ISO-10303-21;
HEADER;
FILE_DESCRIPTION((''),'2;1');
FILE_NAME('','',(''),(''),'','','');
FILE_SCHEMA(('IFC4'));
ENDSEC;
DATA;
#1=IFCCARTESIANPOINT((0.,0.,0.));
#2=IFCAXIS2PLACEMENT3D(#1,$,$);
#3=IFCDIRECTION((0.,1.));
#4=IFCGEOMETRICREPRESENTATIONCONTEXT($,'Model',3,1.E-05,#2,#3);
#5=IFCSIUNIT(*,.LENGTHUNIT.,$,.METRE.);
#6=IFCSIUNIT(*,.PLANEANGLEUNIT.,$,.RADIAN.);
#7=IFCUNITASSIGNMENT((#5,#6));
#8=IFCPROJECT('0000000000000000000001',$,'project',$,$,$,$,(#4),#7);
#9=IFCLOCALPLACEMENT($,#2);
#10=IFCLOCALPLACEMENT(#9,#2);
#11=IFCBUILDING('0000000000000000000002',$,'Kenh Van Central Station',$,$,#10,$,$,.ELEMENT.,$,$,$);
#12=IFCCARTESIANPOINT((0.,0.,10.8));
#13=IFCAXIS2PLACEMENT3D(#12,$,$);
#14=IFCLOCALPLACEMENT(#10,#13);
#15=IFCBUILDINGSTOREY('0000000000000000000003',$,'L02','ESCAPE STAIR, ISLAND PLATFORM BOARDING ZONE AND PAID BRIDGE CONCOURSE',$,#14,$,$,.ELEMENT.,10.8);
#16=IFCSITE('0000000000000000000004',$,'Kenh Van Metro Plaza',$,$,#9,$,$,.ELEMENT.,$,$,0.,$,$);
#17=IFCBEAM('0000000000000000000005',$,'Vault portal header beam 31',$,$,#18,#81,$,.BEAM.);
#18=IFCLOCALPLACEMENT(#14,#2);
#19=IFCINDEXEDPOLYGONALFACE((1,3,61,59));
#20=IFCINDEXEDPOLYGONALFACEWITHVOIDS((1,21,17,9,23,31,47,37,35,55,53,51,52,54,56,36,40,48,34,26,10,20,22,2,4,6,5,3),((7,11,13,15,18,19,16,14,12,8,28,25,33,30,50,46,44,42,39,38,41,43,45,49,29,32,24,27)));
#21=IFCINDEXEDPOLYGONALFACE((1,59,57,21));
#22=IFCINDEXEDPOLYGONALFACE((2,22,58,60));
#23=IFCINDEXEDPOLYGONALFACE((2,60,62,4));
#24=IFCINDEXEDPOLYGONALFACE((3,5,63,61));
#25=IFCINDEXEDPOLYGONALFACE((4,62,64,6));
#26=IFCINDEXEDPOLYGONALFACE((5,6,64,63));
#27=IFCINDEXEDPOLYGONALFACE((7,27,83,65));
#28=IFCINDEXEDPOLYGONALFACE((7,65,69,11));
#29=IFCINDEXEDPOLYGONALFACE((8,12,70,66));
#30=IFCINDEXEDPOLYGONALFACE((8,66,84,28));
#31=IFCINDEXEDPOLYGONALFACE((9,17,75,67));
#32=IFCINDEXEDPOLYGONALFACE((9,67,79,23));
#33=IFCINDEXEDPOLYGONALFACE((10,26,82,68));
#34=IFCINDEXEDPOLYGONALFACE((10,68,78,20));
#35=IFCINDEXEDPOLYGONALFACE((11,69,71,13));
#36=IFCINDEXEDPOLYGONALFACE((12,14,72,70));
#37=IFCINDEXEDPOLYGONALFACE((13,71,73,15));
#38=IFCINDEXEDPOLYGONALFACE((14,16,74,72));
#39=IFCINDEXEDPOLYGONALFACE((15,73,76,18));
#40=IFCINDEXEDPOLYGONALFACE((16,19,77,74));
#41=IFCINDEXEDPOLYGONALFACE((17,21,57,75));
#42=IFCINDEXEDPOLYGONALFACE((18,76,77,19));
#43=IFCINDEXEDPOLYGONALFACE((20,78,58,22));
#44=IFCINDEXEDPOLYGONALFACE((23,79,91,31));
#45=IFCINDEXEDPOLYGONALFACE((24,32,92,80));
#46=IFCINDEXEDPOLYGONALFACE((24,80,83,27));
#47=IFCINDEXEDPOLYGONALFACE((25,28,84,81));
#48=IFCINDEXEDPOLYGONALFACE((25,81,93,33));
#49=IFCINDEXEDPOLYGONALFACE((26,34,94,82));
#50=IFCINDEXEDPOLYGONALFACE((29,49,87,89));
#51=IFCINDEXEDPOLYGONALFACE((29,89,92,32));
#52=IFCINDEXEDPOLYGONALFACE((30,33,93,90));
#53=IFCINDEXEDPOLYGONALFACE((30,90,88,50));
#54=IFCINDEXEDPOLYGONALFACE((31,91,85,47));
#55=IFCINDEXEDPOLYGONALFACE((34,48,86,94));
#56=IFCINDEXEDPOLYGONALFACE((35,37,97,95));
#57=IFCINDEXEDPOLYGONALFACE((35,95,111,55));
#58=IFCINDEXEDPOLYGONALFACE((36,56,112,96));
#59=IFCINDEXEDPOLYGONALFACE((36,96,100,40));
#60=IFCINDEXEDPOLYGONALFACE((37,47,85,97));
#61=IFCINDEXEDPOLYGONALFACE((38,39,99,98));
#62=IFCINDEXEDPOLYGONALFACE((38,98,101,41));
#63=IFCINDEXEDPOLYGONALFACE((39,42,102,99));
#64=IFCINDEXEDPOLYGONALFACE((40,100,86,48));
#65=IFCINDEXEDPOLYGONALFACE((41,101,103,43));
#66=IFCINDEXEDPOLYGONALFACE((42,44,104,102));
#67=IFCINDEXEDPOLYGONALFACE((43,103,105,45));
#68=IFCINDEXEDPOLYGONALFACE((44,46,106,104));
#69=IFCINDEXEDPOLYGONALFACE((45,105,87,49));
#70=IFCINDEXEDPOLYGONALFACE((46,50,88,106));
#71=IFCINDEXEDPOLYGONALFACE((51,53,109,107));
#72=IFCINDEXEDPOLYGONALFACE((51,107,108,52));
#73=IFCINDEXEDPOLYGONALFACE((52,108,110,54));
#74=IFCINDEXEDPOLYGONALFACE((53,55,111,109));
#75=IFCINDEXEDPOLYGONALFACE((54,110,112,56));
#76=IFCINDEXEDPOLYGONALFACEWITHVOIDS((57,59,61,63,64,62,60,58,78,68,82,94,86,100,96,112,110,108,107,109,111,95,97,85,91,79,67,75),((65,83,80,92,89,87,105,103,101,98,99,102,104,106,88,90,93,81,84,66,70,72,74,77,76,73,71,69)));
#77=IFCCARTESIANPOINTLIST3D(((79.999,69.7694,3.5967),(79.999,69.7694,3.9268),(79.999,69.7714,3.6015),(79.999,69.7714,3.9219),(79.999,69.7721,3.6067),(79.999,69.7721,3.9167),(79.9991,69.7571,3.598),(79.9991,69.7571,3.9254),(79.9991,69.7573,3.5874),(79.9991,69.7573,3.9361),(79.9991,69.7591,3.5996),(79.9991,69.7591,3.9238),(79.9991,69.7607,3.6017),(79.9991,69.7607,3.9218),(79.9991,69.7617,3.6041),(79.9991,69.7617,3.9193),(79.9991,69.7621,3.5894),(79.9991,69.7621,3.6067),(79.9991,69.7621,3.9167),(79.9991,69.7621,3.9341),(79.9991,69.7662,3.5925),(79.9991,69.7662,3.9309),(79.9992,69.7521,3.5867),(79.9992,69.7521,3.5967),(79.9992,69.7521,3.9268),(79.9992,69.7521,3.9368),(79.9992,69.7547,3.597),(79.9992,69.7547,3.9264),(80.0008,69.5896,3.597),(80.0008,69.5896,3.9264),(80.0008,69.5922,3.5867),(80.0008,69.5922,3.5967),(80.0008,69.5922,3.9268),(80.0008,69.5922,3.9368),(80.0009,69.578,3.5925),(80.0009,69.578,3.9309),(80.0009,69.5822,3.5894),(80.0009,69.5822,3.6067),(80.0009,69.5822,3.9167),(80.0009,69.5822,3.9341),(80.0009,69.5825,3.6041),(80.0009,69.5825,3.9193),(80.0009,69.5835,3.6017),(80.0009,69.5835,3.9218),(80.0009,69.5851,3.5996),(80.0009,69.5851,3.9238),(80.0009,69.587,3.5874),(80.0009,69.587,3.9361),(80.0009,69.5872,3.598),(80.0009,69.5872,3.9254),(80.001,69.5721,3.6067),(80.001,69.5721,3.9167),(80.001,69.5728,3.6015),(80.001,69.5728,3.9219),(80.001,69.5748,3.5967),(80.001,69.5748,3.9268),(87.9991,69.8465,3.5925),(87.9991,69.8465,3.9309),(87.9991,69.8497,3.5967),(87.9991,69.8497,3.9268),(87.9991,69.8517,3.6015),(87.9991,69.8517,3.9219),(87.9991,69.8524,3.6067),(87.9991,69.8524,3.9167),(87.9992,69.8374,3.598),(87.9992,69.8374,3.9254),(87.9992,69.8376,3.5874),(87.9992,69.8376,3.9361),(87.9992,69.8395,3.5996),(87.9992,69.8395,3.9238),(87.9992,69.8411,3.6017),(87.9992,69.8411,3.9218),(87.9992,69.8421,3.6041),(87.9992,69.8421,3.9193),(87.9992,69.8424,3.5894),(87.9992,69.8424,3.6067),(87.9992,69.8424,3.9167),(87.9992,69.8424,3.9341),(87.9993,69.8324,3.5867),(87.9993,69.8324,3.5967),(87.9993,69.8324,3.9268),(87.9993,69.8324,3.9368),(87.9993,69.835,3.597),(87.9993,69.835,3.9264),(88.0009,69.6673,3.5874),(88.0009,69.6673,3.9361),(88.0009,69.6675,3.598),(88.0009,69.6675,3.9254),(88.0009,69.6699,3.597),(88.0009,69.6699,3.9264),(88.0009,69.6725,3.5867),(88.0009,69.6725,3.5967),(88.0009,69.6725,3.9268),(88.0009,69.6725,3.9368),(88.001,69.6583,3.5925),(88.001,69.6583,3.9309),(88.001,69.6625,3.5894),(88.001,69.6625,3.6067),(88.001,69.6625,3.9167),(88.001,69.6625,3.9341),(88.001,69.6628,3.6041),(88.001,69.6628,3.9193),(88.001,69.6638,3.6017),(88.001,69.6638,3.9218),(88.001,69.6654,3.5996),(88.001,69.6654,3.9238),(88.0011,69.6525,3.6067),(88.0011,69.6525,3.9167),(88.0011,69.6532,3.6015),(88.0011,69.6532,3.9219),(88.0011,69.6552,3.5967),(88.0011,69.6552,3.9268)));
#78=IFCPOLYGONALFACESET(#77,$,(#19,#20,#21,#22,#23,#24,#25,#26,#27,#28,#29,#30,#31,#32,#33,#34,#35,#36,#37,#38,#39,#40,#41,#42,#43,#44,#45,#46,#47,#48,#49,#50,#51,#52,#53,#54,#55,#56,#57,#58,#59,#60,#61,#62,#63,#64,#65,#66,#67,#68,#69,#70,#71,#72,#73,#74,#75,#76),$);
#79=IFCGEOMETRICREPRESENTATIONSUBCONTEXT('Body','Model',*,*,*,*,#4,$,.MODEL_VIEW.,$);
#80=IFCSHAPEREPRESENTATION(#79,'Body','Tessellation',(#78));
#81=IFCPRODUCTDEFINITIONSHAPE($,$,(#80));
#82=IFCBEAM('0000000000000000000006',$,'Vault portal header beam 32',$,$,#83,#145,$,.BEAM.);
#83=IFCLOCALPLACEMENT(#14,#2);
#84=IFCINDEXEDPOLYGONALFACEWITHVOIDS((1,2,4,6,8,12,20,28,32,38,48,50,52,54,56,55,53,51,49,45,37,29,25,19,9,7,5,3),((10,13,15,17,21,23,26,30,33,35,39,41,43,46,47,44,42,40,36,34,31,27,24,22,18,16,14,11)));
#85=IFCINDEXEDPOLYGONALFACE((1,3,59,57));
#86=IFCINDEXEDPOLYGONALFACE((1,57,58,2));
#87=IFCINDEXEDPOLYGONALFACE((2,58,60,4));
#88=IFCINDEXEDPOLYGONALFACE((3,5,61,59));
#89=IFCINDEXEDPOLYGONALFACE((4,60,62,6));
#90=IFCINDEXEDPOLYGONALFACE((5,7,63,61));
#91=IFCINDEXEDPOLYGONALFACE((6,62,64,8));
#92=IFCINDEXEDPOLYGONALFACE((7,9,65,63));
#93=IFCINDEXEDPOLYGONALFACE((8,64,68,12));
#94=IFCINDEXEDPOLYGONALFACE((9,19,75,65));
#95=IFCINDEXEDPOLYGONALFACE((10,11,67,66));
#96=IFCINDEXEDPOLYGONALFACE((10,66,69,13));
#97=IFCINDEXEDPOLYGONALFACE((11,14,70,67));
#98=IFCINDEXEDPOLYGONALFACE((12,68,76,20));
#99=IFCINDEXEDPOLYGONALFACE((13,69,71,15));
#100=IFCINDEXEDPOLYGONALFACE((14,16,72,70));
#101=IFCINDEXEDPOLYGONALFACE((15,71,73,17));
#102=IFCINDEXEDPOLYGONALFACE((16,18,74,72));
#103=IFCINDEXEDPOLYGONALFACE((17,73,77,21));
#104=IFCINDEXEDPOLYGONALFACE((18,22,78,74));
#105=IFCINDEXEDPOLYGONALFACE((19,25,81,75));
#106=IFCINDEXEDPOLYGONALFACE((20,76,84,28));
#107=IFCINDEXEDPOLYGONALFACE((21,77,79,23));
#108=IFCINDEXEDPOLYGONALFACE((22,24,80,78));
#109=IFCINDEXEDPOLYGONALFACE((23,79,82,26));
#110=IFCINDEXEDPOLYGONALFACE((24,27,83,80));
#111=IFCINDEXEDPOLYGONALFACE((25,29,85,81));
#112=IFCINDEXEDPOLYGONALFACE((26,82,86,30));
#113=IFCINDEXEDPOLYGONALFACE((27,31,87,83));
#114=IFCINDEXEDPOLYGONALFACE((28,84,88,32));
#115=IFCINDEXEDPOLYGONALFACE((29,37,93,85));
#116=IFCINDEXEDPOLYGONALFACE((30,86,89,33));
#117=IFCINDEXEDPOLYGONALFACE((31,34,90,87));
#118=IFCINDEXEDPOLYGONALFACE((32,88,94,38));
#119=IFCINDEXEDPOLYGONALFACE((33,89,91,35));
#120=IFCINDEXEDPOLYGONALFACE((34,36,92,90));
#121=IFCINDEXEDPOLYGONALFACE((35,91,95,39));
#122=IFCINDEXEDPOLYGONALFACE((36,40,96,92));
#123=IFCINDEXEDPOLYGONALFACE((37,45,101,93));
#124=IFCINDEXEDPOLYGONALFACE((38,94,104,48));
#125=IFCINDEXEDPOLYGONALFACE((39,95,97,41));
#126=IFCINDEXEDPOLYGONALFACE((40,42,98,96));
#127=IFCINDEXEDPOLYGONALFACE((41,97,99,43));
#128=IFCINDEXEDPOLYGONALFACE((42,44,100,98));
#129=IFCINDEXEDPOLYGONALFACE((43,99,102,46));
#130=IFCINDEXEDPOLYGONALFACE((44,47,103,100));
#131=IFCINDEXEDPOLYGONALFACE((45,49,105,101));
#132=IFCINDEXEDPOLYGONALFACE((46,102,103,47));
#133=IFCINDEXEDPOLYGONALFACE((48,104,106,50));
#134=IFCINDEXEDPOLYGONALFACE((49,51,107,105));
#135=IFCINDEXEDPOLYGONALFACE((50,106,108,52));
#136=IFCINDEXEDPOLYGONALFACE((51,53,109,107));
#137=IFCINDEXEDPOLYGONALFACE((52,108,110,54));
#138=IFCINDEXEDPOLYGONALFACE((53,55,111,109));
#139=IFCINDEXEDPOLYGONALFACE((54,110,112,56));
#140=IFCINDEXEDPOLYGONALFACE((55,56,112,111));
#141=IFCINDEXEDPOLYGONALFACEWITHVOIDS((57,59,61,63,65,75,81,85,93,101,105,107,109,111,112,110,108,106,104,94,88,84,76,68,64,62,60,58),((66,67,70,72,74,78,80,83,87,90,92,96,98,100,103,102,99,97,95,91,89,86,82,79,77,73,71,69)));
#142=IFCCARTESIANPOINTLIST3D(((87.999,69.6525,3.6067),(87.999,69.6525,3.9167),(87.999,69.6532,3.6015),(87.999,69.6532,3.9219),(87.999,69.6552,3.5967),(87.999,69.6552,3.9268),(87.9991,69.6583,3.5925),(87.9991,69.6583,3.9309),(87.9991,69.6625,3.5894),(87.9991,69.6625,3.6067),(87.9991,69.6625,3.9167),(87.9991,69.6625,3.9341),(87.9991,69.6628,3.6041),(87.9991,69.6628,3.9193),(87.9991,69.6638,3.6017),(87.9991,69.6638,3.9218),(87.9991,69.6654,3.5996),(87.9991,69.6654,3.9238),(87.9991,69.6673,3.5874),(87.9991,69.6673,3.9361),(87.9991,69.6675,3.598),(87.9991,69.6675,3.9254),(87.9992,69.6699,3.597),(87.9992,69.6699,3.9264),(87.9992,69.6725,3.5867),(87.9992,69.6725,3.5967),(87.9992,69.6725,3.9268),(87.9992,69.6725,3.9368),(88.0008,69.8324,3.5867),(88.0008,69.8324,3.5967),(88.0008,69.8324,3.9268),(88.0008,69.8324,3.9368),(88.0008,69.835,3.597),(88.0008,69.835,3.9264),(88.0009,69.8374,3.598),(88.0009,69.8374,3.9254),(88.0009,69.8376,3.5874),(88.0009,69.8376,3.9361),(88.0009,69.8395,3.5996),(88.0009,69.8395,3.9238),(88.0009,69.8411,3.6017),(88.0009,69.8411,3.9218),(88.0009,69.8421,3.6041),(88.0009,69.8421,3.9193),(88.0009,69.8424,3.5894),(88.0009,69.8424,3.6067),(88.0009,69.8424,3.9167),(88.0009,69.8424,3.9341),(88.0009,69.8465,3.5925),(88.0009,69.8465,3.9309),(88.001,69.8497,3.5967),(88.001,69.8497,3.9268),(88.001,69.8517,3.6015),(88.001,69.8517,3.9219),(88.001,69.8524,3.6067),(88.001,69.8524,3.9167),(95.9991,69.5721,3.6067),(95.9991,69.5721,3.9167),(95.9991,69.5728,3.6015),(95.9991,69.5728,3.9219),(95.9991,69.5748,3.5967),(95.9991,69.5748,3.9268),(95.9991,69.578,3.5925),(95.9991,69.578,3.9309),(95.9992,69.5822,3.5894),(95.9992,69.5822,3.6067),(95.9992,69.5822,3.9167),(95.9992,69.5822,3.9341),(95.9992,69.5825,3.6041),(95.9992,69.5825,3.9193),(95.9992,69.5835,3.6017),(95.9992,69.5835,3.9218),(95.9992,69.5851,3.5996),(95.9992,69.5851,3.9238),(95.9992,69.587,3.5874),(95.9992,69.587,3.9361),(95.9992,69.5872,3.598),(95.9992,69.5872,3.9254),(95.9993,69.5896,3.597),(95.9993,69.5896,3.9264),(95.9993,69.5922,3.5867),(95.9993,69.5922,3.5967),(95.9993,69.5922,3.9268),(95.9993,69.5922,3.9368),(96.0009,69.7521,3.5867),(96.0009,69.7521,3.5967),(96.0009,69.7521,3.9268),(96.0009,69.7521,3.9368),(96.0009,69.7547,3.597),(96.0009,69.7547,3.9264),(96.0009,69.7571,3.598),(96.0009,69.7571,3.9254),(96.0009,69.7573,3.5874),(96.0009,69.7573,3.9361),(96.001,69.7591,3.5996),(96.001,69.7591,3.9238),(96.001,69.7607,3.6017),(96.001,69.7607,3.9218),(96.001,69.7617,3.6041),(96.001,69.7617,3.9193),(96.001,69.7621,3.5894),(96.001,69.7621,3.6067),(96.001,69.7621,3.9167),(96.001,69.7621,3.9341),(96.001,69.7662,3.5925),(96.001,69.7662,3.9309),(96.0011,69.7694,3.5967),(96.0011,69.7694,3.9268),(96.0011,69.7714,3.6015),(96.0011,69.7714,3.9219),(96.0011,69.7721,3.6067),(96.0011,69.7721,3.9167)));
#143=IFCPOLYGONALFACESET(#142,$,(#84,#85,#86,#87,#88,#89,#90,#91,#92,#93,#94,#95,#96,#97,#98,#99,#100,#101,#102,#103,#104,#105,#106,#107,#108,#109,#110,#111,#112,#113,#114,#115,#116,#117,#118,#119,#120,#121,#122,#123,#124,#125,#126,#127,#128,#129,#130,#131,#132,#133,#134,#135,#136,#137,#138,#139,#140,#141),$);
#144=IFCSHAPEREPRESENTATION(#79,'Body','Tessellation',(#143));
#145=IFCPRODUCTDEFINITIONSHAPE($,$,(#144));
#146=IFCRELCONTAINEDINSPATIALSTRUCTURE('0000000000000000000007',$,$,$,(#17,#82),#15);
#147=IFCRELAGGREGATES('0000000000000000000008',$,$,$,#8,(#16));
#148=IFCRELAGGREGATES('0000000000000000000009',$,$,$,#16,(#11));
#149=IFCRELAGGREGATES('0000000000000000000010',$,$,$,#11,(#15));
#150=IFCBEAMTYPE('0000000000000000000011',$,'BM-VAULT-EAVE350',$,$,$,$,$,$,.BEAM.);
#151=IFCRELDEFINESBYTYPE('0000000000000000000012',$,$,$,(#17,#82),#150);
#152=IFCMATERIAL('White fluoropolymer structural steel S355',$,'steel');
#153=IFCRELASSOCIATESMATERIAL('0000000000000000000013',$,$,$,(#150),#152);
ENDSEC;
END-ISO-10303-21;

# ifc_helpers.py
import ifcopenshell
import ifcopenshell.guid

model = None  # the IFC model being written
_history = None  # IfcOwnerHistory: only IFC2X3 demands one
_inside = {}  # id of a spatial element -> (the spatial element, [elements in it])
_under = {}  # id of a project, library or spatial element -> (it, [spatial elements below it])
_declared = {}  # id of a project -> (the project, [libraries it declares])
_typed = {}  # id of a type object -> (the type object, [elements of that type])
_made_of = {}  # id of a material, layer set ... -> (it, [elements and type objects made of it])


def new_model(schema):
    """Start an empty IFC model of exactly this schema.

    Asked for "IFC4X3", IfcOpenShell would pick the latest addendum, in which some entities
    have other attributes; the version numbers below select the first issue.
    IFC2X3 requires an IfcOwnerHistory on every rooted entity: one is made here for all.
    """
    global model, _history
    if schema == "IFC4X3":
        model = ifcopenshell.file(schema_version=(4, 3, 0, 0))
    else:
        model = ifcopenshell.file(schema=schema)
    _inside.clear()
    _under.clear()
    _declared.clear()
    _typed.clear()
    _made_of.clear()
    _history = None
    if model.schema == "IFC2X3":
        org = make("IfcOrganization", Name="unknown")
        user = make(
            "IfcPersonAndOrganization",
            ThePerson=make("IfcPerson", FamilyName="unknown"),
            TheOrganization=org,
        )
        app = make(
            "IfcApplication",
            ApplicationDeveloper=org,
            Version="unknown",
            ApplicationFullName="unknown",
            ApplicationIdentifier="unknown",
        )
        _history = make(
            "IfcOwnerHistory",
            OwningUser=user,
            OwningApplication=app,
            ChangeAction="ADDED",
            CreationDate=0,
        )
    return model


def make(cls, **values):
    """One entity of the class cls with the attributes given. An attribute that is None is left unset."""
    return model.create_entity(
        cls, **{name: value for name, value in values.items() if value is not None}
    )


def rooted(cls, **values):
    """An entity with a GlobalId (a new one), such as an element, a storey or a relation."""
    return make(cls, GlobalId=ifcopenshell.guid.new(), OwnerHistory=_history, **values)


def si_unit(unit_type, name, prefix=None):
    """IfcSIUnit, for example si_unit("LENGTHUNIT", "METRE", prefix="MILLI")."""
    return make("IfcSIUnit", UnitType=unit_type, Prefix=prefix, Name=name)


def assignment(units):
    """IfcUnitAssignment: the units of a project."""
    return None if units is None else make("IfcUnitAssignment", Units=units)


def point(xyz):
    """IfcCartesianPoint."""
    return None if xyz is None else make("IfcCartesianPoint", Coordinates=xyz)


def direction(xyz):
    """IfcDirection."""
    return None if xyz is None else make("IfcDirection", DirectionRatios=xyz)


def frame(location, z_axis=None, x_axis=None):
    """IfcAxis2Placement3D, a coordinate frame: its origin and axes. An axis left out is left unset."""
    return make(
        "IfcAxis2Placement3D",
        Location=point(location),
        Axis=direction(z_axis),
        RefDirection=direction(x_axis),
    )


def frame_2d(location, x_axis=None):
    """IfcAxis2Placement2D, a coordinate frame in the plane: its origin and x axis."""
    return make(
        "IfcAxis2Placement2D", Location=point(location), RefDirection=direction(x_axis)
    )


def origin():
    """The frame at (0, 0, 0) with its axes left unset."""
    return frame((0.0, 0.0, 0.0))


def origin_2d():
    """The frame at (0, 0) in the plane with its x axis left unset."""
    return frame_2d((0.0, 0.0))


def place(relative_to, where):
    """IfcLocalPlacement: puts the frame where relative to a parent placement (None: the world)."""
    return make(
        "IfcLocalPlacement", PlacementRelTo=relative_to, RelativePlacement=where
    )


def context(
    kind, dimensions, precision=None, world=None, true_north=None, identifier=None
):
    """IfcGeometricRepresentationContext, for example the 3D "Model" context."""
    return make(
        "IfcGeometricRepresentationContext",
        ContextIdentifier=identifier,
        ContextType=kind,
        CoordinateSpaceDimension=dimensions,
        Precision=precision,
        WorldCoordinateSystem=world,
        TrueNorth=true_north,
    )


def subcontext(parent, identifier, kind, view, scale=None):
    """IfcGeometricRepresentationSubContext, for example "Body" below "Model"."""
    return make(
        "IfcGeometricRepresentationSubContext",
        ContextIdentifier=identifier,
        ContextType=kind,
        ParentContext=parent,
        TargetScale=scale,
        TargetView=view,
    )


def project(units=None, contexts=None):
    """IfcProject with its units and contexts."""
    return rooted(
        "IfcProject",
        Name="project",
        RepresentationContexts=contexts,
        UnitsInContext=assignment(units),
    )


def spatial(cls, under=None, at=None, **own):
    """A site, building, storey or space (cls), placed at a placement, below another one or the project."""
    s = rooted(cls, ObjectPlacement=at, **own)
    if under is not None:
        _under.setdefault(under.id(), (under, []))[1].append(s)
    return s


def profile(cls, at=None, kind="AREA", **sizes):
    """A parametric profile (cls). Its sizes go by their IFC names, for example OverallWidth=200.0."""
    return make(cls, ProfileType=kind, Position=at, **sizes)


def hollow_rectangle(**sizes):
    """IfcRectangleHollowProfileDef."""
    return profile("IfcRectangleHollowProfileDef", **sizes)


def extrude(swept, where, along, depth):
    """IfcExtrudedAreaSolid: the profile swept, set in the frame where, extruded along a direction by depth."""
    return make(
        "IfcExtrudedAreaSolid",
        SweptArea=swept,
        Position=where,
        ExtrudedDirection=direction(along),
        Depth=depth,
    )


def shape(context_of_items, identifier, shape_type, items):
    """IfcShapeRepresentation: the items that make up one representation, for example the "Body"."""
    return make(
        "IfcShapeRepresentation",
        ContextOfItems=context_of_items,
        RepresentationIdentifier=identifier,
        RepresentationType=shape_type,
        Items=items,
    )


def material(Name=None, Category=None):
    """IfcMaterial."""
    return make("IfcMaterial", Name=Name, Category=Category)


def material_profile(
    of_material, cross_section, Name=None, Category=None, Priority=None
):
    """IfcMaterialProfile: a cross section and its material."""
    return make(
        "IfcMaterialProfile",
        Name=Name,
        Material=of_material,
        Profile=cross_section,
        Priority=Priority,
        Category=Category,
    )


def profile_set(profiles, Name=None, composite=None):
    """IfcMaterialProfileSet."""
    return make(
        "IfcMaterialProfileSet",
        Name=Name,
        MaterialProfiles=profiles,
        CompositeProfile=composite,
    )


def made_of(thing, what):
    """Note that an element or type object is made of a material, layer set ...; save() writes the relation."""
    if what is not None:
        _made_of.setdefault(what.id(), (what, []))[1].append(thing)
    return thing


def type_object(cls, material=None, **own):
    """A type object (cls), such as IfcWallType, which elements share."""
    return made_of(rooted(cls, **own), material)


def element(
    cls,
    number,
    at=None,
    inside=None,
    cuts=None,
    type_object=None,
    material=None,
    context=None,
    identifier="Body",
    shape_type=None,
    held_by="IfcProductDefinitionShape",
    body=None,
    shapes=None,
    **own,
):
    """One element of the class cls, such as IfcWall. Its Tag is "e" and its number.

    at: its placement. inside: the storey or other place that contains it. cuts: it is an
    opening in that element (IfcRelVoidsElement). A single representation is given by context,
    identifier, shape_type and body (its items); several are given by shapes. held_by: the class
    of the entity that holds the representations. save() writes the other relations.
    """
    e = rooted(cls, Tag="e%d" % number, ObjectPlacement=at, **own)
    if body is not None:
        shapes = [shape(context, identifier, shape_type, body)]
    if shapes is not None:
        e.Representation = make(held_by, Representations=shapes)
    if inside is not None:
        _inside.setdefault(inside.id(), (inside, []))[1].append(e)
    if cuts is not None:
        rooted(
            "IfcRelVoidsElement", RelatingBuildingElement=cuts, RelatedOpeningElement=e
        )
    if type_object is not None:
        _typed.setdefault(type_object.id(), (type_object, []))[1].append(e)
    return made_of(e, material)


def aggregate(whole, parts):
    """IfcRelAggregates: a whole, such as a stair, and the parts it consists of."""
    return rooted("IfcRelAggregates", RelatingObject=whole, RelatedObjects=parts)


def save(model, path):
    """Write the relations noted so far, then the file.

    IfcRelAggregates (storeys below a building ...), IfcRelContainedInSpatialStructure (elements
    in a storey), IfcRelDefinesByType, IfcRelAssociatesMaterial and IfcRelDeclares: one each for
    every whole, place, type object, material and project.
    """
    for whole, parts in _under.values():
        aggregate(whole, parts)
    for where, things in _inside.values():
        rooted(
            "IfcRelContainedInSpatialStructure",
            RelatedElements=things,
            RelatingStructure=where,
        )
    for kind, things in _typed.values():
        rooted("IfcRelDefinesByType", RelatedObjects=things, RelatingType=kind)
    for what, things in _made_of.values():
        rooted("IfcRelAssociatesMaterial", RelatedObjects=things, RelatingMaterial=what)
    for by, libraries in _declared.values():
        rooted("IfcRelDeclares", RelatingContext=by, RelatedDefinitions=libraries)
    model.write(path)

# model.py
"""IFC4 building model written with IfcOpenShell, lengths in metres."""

from ifc_helpers import new_model, si_unit, direction, frame, origin, origin_2d, place, context, subcontext, project, spatial, hollow_rectangle, extrude, material, material_profile, profile_set, type_object, element, save


model = new_model("IFC4")

# Units and contexts
model_context = context("Model", 3, precision=1e-05, world=origin(), true_north=direction((0.0, 1.0)))
body_context = subcontext(model_context, "Body", "Model", "MODEL_VIEW")
ifc_project = project(units=[si_unit("LENGTHUNIT", "METRE"), si_unit("PLANEANGLEUNIT", "RADIAN")], contexts=[model_context])

# Site, building, storey
site_placement = place(None, origin())
site = spatial("IfcSite", under=ifc_project, at=site_placement, Name="Kenh Van Metro Plaza", CompositionType="ELEMENT", RefElevation=0.0)
building_placement = place(site_placement, origin())
building = spatial("IfcBuilding", under=site, at=building_placement, Name="Kenh Van Central Station", CompositionType="ELEMENT")
storey_placement = place(building_placement, frame((0.0, 0.0, 10.8)))
storey = spatial("IfcBuildingStorey", under=building, at=storey_placement, Name="L02", Description="ESCAPE STAIR, ISLAND PLATFORM BOARDING ZONE AND PAID BRIDGE CONCOURSE", CompositionType="ELEMENT", Elevation=10.8)

# Beams
ifc_material_1 = material(Name="White fluoropolymer structural steel S355", Category="steel")
ifc_material_profile_1 = material_profile(ifc_material_1, hollow_rectangle(XDim=0.2, YDim=0.3501, WallThickness=0.01, InnerFilletRadius=0.01, OuterFilletRadius=0.02, at=origin_2d()), Name="RHS 350x200x10")
ifc_profile_set_1 = profile_set([ifc_material_profile_1], Name="White fluoropolymer structural steel S355")
beam_type_1 = type_object("IfcBeamType", Name="BM-VAULT-EAVE350", PredefinedType="BEAM", material=ifc_profile_set_1)
for number, where, z_axis, x_axis, name in (
    (1, (80.0, 69.6721, 3.7617), (0.99995, 0.01004, 0.0), (-0.01004, 0.99995, 0.0), "Vault portal header beam 31"),
    (2, (88.0, 69.7524, 3.7617), (0.99995, -0.01004, 0.0), (0.01004, 0.99995, 0.0), "Vault portal header beam 32"),
):
    element("IfcBeam", number, at=place(storey_placement, frame(where, z_axis=z_axis, x_axis=x_axis)), inside=storey, type_object=beam_type_1, Name=name, PredefinedType="BEAM", context=body_context, shape_type="SweptSolid", body=[
        extrude(hollow_rectangle(XDim=0.2, YDim=0.3501, WallThickness=0.01, InnerFilletRadius=0.01, OuterFilletRadius=0.02, at=origin_2d()), origin(), (0.0, 0.0, 1.0), 8.0005),
    ])

save(model, "model.ifc")
